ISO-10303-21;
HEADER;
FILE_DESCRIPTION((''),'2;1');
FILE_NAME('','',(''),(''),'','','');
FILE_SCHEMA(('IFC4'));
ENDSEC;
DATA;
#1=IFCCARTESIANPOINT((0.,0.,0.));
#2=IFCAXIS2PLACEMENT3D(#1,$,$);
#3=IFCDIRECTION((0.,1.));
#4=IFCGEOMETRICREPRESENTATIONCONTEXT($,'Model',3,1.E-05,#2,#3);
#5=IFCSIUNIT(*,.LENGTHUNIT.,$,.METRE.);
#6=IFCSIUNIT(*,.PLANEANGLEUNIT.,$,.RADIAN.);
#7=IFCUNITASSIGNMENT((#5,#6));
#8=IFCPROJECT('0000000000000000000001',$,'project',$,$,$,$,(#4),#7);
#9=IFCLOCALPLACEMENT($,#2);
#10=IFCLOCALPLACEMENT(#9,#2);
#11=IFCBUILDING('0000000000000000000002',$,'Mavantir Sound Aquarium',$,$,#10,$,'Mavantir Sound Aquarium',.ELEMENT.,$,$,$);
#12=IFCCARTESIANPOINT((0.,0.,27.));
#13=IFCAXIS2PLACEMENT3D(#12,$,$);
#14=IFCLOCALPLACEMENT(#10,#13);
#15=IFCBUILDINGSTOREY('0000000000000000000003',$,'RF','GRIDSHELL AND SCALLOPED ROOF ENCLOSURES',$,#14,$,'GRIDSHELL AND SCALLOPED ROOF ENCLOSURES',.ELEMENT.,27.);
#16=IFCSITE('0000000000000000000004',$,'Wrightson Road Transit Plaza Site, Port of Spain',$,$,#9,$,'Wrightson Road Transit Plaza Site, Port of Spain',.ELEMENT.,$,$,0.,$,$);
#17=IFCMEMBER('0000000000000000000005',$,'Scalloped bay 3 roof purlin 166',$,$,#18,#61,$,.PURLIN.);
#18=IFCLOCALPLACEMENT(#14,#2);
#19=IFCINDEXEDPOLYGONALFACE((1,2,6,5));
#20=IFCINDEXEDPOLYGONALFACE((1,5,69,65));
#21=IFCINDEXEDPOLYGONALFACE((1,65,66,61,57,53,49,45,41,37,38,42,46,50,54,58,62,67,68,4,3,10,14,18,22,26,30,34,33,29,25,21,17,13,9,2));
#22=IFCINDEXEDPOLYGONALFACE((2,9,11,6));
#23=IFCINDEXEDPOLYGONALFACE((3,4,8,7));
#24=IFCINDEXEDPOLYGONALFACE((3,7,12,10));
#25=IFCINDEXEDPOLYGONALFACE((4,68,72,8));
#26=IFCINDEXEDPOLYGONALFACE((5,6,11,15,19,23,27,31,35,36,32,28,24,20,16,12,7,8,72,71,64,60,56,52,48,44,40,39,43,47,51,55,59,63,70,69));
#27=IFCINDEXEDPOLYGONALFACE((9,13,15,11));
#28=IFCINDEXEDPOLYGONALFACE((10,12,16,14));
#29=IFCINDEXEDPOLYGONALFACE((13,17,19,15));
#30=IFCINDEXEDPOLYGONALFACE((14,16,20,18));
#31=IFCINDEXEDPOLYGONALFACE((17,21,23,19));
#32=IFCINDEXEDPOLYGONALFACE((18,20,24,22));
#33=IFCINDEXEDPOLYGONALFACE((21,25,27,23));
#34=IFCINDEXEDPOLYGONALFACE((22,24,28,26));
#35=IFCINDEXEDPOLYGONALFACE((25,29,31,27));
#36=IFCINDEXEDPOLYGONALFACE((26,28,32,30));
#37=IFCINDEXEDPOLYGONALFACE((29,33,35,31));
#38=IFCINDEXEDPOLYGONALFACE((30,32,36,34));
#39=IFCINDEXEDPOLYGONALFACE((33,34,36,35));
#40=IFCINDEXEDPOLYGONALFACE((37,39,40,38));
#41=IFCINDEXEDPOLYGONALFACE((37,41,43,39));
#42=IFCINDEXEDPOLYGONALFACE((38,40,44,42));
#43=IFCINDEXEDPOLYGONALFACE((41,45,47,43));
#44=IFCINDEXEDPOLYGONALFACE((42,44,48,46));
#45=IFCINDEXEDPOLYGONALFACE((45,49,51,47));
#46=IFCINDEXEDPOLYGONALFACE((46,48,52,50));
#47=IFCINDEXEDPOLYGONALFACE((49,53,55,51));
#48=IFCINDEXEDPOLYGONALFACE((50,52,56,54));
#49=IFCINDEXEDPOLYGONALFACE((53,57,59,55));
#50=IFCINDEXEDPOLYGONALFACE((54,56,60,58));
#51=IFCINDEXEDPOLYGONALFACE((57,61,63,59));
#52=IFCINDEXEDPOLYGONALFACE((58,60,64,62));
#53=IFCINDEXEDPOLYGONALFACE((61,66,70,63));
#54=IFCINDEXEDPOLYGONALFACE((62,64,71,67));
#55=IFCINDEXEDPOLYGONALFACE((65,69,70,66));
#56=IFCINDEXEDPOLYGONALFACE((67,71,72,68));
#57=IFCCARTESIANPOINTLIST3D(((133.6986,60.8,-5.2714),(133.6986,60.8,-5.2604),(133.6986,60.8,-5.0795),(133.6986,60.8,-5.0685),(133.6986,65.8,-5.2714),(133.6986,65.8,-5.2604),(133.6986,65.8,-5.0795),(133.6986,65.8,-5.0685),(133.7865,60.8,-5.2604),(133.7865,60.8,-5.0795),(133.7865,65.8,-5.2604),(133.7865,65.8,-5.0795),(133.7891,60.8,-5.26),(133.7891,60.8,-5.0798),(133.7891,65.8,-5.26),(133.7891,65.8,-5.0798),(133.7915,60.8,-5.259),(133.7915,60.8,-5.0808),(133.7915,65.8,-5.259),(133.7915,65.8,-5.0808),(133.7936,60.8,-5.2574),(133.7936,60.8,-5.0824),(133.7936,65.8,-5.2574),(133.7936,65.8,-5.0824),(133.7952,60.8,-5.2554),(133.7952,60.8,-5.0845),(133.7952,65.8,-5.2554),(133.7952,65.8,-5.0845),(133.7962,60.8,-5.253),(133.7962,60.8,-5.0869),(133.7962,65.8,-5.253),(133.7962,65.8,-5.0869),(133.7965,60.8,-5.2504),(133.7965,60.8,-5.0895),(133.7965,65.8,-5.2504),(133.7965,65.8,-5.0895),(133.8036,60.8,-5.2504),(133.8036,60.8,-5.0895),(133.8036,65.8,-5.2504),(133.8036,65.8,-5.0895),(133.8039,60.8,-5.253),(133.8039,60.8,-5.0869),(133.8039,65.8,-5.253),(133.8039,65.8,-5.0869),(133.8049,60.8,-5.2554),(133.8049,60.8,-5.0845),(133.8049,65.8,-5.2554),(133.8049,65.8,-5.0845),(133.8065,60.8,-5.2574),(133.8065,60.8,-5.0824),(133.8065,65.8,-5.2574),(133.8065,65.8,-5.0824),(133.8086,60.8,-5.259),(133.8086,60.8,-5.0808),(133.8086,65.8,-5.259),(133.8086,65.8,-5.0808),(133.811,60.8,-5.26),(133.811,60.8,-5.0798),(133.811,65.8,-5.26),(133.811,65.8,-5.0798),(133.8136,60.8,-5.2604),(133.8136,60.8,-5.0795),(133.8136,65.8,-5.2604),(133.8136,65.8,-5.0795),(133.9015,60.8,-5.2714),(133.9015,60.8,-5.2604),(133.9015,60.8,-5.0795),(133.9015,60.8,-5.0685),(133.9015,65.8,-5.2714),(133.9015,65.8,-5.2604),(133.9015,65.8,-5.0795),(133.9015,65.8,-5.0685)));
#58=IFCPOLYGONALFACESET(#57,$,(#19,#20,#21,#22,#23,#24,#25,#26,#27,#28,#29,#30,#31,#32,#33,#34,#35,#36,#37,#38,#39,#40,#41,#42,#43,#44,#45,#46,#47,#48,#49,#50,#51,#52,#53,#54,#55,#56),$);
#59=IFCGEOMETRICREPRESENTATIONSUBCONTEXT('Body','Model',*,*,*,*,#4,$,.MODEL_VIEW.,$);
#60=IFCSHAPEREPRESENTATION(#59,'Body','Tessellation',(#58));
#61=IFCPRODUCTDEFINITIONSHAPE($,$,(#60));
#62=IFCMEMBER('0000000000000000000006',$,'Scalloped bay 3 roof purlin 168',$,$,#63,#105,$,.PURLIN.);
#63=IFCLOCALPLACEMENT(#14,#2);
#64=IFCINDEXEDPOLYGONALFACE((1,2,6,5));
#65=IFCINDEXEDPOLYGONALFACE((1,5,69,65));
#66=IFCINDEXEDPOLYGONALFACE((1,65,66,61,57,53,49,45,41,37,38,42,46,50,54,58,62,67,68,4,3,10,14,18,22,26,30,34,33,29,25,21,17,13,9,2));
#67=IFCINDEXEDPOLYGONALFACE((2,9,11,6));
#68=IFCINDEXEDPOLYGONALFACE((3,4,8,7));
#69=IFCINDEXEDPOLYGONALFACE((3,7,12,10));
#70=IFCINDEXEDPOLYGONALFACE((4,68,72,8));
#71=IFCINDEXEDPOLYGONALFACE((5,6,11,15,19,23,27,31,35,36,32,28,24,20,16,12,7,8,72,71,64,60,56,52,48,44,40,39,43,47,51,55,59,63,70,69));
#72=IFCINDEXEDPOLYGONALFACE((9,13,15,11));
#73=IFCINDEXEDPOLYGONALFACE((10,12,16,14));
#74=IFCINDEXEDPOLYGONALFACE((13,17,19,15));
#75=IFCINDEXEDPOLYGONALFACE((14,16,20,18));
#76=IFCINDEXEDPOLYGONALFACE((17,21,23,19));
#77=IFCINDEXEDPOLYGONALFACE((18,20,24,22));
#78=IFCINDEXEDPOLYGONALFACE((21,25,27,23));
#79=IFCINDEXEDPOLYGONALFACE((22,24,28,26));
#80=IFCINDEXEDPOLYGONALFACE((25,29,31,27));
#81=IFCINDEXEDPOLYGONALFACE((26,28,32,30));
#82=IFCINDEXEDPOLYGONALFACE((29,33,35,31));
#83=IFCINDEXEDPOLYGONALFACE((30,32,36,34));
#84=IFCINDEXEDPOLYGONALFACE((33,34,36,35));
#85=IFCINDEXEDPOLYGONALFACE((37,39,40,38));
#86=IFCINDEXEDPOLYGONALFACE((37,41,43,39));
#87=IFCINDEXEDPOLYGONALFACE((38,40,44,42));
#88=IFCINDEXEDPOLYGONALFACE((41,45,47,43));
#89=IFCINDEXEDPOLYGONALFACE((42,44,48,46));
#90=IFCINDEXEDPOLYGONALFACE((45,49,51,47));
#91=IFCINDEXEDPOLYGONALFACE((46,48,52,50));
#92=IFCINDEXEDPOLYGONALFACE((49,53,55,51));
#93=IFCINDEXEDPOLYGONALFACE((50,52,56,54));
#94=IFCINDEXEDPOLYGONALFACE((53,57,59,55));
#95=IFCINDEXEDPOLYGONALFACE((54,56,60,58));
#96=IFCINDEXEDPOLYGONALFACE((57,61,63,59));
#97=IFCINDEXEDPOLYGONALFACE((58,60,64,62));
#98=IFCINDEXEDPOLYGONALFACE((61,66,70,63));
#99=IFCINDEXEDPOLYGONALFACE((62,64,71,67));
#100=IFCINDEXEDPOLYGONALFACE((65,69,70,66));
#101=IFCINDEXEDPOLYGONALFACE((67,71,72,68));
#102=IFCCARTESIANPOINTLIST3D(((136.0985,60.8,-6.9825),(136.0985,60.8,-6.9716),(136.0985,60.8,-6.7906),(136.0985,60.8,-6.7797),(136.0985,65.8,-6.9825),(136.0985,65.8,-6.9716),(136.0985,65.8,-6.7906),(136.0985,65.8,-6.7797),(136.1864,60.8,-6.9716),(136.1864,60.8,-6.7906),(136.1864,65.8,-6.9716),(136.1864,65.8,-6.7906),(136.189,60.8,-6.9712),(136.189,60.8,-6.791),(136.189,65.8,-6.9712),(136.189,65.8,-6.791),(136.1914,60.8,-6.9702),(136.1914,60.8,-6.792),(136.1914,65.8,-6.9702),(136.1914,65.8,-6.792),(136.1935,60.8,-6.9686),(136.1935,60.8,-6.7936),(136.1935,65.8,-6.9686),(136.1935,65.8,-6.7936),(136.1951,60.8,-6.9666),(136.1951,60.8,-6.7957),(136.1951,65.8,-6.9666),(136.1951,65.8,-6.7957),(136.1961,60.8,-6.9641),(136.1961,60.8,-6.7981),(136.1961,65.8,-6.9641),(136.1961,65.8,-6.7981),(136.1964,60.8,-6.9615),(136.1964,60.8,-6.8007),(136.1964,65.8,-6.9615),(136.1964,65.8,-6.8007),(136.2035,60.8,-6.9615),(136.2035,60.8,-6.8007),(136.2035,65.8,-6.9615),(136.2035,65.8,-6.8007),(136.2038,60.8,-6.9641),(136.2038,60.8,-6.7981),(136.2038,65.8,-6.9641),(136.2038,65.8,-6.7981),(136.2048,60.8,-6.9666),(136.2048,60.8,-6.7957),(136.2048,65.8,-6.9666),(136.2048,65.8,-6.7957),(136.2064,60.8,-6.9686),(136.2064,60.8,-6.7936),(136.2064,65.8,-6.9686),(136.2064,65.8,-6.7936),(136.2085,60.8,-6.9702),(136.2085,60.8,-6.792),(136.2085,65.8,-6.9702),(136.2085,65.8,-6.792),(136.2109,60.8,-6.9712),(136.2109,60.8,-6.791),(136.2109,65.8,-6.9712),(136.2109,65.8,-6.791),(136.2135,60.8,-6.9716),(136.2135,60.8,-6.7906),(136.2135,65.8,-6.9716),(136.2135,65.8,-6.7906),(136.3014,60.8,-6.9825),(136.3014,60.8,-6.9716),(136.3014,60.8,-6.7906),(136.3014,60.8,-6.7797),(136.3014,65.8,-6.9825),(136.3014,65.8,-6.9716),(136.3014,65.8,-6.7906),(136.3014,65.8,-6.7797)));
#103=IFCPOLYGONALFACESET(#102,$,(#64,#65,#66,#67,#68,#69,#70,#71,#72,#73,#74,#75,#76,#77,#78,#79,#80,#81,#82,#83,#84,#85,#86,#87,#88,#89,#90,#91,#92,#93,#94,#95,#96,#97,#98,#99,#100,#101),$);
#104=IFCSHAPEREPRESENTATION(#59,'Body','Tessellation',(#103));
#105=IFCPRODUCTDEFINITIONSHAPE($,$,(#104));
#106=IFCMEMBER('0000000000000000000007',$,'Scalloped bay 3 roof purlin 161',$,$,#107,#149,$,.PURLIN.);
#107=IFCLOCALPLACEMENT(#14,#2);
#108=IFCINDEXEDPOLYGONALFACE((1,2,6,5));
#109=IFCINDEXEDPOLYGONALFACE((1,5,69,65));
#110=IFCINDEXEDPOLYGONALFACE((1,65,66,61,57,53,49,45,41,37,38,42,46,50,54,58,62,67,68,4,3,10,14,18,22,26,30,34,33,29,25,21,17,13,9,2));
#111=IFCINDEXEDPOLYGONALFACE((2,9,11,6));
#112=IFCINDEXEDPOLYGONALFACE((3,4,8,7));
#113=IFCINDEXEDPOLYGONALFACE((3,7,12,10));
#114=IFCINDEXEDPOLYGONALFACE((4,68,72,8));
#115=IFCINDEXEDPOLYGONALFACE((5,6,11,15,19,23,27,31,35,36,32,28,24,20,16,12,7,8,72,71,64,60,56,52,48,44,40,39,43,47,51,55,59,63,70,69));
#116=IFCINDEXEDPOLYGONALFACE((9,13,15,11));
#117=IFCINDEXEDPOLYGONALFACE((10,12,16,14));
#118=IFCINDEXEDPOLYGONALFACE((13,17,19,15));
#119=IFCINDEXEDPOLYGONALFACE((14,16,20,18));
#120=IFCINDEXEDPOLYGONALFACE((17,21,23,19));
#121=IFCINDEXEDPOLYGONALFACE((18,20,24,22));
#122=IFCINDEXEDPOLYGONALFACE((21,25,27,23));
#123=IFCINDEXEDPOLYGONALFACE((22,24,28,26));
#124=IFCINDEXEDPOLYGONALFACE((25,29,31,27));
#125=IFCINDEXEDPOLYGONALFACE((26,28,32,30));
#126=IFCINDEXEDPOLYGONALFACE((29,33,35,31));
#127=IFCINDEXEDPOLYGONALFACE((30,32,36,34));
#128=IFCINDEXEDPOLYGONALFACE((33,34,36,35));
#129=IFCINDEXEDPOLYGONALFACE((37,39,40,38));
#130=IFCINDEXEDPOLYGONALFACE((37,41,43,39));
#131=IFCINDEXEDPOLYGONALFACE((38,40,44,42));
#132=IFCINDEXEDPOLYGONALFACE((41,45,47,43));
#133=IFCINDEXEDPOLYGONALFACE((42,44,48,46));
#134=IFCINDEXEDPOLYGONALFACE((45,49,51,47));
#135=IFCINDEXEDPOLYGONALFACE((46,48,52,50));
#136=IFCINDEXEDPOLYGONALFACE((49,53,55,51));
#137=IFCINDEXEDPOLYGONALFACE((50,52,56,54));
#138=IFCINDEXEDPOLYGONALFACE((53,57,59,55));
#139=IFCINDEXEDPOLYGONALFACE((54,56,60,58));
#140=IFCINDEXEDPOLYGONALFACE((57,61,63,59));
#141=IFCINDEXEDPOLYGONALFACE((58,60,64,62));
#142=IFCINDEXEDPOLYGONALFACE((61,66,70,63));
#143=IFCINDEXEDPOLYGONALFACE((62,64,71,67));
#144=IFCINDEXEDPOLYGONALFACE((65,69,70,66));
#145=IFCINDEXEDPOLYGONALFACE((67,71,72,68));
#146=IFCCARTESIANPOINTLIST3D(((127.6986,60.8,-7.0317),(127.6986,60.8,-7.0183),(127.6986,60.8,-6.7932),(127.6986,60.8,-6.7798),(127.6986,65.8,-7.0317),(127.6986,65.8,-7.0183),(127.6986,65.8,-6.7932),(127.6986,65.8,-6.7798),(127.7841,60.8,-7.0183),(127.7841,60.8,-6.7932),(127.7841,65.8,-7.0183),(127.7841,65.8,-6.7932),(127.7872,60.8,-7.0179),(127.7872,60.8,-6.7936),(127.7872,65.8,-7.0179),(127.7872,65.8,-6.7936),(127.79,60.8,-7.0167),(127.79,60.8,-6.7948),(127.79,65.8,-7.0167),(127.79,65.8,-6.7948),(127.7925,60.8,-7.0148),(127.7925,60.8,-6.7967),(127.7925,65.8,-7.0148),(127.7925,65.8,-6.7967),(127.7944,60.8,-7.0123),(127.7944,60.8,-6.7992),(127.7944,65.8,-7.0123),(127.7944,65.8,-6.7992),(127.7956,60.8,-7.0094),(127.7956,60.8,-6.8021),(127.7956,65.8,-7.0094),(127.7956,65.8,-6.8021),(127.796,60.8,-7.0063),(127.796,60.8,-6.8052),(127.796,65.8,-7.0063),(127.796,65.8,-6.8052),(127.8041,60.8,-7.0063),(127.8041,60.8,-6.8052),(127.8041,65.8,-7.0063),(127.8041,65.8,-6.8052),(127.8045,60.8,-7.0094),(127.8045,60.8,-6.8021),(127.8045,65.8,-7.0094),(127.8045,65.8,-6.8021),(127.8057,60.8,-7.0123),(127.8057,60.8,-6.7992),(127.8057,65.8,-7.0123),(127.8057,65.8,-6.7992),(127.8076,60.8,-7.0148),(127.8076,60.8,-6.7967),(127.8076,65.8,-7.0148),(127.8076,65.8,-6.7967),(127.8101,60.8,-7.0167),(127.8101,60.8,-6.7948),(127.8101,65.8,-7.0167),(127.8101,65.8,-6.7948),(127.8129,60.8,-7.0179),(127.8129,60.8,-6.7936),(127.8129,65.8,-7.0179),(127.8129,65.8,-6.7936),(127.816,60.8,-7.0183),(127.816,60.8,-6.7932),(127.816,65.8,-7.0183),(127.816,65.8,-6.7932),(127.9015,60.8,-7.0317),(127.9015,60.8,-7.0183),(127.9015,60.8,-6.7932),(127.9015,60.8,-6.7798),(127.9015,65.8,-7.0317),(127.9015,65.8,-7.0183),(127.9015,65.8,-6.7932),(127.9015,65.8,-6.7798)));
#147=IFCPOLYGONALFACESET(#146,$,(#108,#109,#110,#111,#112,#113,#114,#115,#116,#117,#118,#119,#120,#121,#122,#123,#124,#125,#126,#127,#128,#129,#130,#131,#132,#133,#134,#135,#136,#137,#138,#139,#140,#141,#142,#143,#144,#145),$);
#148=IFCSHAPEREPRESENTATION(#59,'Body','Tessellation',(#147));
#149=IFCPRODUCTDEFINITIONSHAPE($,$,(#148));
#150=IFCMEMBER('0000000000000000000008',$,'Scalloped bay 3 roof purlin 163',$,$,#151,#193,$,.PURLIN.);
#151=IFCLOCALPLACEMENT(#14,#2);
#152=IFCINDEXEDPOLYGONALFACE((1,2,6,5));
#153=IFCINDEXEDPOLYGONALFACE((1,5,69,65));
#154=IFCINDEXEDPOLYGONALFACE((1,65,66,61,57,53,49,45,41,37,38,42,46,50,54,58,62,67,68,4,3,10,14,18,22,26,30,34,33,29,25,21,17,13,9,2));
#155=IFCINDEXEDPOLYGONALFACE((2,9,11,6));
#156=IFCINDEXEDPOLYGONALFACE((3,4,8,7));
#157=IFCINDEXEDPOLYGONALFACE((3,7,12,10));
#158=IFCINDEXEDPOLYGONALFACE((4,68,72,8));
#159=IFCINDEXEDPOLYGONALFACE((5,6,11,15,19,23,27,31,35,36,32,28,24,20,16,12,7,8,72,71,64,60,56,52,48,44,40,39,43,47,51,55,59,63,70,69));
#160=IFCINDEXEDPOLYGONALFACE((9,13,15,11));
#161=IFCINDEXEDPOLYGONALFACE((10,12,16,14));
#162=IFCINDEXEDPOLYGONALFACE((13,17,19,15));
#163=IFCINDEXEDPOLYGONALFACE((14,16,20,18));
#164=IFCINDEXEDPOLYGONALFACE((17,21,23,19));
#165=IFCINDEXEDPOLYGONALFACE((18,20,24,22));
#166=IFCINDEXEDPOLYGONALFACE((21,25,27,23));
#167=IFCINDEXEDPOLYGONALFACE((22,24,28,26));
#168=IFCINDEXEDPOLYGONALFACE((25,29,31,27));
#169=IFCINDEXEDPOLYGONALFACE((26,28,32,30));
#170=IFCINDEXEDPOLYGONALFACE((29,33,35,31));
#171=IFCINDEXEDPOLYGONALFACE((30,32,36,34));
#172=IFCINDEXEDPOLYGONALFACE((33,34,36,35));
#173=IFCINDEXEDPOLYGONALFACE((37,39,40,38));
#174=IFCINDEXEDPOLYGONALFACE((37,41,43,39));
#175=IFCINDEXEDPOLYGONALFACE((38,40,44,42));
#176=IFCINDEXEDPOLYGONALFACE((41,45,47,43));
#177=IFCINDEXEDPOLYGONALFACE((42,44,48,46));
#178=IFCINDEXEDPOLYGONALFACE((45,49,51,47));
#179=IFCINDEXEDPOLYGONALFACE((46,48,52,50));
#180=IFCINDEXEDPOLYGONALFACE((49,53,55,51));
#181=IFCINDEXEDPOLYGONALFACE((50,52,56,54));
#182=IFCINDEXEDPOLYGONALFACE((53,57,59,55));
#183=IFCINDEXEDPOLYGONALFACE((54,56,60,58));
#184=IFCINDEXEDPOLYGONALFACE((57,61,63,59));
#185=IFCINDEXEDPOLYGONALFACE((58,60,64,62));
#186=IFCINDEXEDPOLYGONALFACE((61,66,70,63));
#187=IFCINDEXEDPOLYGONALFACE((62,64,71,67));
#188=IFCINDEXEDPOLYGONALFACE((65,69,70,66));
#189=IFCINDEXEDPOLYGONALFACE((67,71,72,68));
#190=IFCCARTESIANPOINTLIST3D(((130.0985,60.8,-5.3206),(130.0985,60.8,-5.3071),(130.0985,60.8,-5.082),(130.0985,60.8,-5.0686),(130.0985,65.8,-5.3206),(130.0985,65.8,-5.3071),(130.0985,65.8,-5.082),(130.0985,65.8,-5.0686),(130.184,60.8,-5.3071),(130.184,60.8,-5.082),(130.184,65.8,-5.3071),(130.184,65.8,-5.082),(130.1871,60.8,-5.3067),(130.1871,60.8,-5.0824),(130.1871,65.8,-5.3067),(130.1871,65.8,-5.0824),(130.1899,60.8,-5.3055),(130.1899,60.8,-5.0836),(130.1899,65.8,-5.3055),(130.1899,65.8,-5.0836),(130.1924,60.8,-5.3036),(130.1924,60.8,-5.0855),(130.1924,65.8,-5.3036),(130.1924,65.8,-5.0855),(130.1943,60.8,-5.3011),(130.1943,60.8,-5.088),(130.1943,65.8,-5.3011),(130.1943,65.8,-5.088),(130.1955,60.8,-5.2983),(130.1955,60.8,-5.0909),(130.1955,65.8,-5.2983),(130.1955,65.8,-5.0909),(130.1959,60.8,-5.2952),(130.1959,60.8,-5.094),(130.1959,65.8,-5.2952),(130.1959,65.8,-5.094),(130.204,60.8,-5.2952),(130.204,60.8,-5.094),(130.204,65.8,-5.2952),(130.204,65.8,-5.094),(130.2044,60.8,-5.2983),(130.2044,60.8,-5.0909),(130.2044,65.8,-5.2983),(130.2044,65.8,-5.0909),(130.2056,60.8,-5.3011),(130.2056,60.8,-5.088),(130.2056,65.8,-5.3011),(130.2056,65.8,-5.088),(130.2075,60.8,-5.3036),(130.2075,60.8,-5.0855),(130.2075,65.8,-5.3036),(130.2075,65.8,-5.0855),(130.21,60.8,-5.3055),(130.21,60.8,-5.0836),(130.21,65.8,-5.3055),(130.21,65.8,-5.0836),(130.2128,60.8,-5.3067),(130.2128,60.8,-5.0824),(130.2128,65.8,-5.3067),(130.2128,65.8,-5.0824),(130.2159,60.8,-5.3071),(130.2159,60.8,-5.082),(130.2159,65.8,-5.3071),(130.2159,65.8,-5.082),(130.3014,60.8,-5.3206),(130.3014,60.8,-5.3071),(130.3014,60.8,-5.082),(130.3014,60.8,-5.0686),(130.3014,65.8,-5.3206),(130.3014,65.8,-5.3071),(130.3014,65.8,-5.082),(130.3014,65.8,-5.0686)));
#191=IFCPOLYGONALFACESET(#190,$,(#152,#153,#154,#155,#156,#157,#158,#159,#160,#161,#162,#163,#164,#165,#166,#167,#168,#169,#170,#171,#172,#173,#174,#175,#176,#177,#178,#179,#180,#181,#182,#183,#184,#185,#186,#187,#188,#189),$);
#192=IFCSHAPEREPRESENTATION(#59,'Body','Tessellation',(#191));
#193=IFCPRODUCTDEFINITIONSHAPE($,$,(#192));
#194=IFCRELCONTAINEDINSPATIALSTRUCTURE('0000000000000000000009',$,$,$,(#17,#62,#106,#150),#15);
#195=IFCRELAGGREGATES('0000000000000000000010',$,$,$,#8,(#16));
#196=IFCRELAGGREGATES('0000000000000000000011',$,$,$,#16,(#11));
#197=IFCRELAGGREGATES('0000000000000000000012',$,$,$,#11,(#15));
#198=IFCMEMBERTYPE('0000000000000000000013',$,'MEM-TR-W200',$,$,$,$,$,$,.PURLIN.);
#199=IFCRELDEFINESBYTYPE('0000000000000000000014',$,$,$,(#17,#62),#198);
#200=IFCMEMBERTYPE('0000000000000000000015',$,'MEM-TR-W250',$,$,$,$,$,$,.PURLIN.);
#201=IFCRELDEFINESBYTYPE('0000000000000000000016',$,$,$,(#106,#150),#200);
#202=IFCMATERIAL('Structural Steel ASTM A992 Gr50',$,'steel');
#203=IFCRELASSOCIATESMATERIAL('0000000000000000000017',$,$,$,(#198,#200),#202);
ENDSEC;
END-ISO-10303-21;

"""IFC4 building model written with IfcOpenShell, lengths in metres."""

from ifc_helpers import new_model, si_unit, direction, frame, origin, origin_2d, place, context, subcontext, project, spatial, i_section, extrude, material, material_profile, profile_set, type_object, element, save


model = new_model("IFC4")

# Units and contexts
model_context = context("Model", 3, precision=1e-05, world=origin(), true_north=direction((0.0, 1.0)))
body_context = subcontext(model_context, "Body", "Model", "MODEL_VIEW")
ifc_project = project(units=[si_unit("LENGTHUNIT", "METRE"), si_unit("PLANEANGLEUNIT", "RADIAN")], contexts=[model_context])

# Site, building, storey
site_placement = place(None, origin())
site = spatial("IfcSite", under=ifc_project, at=site_placement, Name="Wrightson Road Transit Plaza Site, Port of Spain", LongName="Wrightson Road Transit Plaza Site, Port of Spain", CompositionType="ELEMENT", RefElevation=0.0)
building_placement = place(site_placement, origin())
building = spatial("IfcBuilding", under=site, at=building_placement, Name="Mavantir Sound Aquarium", LongName="Mavantir Sound Aquarium", CompositionType="ELEMENT")
storey_placement = place(building_placement, frame((0.0, 0.0, 27.0)))
storey = spatial("IfcBuildingStorey", under=building, at=storey_placement, Name="RF", Description="GRIDSHELL AND SCALLOPED ROOF ENCLOSURES", LongName="GRIDSHELL AND SCALLOPED ROOF ENCLOSURES", CompositionType="ELEMENT", Elevation=27.0)

# Shared definitions
ifc_material_1 = material(Name="Structural Steel ASTM A992 Gr50", Category="steel")

# Members
ifc_material_profile_1 = material_profile(ifc_material_1, i_section(OverallWidth=0.2029, OverallDepth=0.2029, WebThickness=0.0071, FlangeThickness=0.011, FilletRadius=0.01, at=origin_2d()), Name="W200X46")
ifc_profile_set_1 = profile_set([ifc_material_profile_1], Name="Structural Steel ASTM A992 Gr50")
member_type_1 = type_object("IfcMemberType", Name="MEM-TR-W200", PredefinedType="PURLIN", material=ifc_profile_set_1)
for number, where, z_axis, x_axis, name in (
    (1, (133.8, 60.8, -5.1699), (0.0, 1.0, 0.0), (-1.0, 0.0, 0.0), "Scalloped bay 3 roof purlin 166"),
    (2, (136.2, 60.8, -6.8811), (0.0, 1.0, 0.0), (-1.0, 0.0, 0.0), "Scalloped bay 3 roof purlin 168"),
):
    element("IfcMember", number, at=place(storey_placement, frame(where, z_axis=z_axis, x_axis=x_axis)), inside=storey, type_object=member_type_1, Name=name, PredefinedType="PURLIN", context=body_context, shape_type="SweptSolid", body=[
        extrude(i_section(OverallWidth=0.2029, OverallDepth=0.2029, WebThickness=0.0071, FlangeThickness=0.011, FilletRadius=0.01, at=origin_2d()), origin(), (0.0, 0.0, 1.0), 5.0),
    ])
ifc_material_profile_2 = material_profile(ifc_material_1, i_section(OverallWidth=0.2029, OverallDepth=0.252, WebThickness=0.0081, FlangeThickness=0.0134, FilletRadius=0.012, at=origin_2d()), Name="W250X58")
ifc_profile_set_2 = profile_set([ifc_material_profile_2], Name="Structural Steel ASTM A992 Gr50")
member_type_2 = type_object("IfcMemberType", Name="MEM-TR-W250", PredefinedType="PURLIN", material=ifc_profile_set_2)
for number, where, z_axis, x_axis, name in (
    (3, (127.8, 60.8, -6.9058), (0.0, 1.0, 0.0), (-1.0, 0.0, 0.0), "Scalloped bay 3 roof purlin 161"),
    (4, (130.2, 60.8, -5.1946), (0.0, 1.0, 0.0), (-1.0, 0.0, 0.0), "Scalloped bay 3 roof purlin 163"),
):
    element("IfcMember", number, at=place(storey_placement, frame(where, z_axis=z_axis, x_axis=x_axis)), inside=storey, type_object=member_type_2, Name=name, PredefinedType="PURLIN", context=body_context, shape_type="SweptSolid", body=[
        extrude(i_section(OverallWidth=0.2029, OverallDepth=0.252, WebThickness=0.0081, FlangeThickness=0.0134, FilletRadius=0.012, at=origin_2d()), origin(), (0.0, 0.0, 1.0), 5.0),
    ])

save(model, "model.ifc")
